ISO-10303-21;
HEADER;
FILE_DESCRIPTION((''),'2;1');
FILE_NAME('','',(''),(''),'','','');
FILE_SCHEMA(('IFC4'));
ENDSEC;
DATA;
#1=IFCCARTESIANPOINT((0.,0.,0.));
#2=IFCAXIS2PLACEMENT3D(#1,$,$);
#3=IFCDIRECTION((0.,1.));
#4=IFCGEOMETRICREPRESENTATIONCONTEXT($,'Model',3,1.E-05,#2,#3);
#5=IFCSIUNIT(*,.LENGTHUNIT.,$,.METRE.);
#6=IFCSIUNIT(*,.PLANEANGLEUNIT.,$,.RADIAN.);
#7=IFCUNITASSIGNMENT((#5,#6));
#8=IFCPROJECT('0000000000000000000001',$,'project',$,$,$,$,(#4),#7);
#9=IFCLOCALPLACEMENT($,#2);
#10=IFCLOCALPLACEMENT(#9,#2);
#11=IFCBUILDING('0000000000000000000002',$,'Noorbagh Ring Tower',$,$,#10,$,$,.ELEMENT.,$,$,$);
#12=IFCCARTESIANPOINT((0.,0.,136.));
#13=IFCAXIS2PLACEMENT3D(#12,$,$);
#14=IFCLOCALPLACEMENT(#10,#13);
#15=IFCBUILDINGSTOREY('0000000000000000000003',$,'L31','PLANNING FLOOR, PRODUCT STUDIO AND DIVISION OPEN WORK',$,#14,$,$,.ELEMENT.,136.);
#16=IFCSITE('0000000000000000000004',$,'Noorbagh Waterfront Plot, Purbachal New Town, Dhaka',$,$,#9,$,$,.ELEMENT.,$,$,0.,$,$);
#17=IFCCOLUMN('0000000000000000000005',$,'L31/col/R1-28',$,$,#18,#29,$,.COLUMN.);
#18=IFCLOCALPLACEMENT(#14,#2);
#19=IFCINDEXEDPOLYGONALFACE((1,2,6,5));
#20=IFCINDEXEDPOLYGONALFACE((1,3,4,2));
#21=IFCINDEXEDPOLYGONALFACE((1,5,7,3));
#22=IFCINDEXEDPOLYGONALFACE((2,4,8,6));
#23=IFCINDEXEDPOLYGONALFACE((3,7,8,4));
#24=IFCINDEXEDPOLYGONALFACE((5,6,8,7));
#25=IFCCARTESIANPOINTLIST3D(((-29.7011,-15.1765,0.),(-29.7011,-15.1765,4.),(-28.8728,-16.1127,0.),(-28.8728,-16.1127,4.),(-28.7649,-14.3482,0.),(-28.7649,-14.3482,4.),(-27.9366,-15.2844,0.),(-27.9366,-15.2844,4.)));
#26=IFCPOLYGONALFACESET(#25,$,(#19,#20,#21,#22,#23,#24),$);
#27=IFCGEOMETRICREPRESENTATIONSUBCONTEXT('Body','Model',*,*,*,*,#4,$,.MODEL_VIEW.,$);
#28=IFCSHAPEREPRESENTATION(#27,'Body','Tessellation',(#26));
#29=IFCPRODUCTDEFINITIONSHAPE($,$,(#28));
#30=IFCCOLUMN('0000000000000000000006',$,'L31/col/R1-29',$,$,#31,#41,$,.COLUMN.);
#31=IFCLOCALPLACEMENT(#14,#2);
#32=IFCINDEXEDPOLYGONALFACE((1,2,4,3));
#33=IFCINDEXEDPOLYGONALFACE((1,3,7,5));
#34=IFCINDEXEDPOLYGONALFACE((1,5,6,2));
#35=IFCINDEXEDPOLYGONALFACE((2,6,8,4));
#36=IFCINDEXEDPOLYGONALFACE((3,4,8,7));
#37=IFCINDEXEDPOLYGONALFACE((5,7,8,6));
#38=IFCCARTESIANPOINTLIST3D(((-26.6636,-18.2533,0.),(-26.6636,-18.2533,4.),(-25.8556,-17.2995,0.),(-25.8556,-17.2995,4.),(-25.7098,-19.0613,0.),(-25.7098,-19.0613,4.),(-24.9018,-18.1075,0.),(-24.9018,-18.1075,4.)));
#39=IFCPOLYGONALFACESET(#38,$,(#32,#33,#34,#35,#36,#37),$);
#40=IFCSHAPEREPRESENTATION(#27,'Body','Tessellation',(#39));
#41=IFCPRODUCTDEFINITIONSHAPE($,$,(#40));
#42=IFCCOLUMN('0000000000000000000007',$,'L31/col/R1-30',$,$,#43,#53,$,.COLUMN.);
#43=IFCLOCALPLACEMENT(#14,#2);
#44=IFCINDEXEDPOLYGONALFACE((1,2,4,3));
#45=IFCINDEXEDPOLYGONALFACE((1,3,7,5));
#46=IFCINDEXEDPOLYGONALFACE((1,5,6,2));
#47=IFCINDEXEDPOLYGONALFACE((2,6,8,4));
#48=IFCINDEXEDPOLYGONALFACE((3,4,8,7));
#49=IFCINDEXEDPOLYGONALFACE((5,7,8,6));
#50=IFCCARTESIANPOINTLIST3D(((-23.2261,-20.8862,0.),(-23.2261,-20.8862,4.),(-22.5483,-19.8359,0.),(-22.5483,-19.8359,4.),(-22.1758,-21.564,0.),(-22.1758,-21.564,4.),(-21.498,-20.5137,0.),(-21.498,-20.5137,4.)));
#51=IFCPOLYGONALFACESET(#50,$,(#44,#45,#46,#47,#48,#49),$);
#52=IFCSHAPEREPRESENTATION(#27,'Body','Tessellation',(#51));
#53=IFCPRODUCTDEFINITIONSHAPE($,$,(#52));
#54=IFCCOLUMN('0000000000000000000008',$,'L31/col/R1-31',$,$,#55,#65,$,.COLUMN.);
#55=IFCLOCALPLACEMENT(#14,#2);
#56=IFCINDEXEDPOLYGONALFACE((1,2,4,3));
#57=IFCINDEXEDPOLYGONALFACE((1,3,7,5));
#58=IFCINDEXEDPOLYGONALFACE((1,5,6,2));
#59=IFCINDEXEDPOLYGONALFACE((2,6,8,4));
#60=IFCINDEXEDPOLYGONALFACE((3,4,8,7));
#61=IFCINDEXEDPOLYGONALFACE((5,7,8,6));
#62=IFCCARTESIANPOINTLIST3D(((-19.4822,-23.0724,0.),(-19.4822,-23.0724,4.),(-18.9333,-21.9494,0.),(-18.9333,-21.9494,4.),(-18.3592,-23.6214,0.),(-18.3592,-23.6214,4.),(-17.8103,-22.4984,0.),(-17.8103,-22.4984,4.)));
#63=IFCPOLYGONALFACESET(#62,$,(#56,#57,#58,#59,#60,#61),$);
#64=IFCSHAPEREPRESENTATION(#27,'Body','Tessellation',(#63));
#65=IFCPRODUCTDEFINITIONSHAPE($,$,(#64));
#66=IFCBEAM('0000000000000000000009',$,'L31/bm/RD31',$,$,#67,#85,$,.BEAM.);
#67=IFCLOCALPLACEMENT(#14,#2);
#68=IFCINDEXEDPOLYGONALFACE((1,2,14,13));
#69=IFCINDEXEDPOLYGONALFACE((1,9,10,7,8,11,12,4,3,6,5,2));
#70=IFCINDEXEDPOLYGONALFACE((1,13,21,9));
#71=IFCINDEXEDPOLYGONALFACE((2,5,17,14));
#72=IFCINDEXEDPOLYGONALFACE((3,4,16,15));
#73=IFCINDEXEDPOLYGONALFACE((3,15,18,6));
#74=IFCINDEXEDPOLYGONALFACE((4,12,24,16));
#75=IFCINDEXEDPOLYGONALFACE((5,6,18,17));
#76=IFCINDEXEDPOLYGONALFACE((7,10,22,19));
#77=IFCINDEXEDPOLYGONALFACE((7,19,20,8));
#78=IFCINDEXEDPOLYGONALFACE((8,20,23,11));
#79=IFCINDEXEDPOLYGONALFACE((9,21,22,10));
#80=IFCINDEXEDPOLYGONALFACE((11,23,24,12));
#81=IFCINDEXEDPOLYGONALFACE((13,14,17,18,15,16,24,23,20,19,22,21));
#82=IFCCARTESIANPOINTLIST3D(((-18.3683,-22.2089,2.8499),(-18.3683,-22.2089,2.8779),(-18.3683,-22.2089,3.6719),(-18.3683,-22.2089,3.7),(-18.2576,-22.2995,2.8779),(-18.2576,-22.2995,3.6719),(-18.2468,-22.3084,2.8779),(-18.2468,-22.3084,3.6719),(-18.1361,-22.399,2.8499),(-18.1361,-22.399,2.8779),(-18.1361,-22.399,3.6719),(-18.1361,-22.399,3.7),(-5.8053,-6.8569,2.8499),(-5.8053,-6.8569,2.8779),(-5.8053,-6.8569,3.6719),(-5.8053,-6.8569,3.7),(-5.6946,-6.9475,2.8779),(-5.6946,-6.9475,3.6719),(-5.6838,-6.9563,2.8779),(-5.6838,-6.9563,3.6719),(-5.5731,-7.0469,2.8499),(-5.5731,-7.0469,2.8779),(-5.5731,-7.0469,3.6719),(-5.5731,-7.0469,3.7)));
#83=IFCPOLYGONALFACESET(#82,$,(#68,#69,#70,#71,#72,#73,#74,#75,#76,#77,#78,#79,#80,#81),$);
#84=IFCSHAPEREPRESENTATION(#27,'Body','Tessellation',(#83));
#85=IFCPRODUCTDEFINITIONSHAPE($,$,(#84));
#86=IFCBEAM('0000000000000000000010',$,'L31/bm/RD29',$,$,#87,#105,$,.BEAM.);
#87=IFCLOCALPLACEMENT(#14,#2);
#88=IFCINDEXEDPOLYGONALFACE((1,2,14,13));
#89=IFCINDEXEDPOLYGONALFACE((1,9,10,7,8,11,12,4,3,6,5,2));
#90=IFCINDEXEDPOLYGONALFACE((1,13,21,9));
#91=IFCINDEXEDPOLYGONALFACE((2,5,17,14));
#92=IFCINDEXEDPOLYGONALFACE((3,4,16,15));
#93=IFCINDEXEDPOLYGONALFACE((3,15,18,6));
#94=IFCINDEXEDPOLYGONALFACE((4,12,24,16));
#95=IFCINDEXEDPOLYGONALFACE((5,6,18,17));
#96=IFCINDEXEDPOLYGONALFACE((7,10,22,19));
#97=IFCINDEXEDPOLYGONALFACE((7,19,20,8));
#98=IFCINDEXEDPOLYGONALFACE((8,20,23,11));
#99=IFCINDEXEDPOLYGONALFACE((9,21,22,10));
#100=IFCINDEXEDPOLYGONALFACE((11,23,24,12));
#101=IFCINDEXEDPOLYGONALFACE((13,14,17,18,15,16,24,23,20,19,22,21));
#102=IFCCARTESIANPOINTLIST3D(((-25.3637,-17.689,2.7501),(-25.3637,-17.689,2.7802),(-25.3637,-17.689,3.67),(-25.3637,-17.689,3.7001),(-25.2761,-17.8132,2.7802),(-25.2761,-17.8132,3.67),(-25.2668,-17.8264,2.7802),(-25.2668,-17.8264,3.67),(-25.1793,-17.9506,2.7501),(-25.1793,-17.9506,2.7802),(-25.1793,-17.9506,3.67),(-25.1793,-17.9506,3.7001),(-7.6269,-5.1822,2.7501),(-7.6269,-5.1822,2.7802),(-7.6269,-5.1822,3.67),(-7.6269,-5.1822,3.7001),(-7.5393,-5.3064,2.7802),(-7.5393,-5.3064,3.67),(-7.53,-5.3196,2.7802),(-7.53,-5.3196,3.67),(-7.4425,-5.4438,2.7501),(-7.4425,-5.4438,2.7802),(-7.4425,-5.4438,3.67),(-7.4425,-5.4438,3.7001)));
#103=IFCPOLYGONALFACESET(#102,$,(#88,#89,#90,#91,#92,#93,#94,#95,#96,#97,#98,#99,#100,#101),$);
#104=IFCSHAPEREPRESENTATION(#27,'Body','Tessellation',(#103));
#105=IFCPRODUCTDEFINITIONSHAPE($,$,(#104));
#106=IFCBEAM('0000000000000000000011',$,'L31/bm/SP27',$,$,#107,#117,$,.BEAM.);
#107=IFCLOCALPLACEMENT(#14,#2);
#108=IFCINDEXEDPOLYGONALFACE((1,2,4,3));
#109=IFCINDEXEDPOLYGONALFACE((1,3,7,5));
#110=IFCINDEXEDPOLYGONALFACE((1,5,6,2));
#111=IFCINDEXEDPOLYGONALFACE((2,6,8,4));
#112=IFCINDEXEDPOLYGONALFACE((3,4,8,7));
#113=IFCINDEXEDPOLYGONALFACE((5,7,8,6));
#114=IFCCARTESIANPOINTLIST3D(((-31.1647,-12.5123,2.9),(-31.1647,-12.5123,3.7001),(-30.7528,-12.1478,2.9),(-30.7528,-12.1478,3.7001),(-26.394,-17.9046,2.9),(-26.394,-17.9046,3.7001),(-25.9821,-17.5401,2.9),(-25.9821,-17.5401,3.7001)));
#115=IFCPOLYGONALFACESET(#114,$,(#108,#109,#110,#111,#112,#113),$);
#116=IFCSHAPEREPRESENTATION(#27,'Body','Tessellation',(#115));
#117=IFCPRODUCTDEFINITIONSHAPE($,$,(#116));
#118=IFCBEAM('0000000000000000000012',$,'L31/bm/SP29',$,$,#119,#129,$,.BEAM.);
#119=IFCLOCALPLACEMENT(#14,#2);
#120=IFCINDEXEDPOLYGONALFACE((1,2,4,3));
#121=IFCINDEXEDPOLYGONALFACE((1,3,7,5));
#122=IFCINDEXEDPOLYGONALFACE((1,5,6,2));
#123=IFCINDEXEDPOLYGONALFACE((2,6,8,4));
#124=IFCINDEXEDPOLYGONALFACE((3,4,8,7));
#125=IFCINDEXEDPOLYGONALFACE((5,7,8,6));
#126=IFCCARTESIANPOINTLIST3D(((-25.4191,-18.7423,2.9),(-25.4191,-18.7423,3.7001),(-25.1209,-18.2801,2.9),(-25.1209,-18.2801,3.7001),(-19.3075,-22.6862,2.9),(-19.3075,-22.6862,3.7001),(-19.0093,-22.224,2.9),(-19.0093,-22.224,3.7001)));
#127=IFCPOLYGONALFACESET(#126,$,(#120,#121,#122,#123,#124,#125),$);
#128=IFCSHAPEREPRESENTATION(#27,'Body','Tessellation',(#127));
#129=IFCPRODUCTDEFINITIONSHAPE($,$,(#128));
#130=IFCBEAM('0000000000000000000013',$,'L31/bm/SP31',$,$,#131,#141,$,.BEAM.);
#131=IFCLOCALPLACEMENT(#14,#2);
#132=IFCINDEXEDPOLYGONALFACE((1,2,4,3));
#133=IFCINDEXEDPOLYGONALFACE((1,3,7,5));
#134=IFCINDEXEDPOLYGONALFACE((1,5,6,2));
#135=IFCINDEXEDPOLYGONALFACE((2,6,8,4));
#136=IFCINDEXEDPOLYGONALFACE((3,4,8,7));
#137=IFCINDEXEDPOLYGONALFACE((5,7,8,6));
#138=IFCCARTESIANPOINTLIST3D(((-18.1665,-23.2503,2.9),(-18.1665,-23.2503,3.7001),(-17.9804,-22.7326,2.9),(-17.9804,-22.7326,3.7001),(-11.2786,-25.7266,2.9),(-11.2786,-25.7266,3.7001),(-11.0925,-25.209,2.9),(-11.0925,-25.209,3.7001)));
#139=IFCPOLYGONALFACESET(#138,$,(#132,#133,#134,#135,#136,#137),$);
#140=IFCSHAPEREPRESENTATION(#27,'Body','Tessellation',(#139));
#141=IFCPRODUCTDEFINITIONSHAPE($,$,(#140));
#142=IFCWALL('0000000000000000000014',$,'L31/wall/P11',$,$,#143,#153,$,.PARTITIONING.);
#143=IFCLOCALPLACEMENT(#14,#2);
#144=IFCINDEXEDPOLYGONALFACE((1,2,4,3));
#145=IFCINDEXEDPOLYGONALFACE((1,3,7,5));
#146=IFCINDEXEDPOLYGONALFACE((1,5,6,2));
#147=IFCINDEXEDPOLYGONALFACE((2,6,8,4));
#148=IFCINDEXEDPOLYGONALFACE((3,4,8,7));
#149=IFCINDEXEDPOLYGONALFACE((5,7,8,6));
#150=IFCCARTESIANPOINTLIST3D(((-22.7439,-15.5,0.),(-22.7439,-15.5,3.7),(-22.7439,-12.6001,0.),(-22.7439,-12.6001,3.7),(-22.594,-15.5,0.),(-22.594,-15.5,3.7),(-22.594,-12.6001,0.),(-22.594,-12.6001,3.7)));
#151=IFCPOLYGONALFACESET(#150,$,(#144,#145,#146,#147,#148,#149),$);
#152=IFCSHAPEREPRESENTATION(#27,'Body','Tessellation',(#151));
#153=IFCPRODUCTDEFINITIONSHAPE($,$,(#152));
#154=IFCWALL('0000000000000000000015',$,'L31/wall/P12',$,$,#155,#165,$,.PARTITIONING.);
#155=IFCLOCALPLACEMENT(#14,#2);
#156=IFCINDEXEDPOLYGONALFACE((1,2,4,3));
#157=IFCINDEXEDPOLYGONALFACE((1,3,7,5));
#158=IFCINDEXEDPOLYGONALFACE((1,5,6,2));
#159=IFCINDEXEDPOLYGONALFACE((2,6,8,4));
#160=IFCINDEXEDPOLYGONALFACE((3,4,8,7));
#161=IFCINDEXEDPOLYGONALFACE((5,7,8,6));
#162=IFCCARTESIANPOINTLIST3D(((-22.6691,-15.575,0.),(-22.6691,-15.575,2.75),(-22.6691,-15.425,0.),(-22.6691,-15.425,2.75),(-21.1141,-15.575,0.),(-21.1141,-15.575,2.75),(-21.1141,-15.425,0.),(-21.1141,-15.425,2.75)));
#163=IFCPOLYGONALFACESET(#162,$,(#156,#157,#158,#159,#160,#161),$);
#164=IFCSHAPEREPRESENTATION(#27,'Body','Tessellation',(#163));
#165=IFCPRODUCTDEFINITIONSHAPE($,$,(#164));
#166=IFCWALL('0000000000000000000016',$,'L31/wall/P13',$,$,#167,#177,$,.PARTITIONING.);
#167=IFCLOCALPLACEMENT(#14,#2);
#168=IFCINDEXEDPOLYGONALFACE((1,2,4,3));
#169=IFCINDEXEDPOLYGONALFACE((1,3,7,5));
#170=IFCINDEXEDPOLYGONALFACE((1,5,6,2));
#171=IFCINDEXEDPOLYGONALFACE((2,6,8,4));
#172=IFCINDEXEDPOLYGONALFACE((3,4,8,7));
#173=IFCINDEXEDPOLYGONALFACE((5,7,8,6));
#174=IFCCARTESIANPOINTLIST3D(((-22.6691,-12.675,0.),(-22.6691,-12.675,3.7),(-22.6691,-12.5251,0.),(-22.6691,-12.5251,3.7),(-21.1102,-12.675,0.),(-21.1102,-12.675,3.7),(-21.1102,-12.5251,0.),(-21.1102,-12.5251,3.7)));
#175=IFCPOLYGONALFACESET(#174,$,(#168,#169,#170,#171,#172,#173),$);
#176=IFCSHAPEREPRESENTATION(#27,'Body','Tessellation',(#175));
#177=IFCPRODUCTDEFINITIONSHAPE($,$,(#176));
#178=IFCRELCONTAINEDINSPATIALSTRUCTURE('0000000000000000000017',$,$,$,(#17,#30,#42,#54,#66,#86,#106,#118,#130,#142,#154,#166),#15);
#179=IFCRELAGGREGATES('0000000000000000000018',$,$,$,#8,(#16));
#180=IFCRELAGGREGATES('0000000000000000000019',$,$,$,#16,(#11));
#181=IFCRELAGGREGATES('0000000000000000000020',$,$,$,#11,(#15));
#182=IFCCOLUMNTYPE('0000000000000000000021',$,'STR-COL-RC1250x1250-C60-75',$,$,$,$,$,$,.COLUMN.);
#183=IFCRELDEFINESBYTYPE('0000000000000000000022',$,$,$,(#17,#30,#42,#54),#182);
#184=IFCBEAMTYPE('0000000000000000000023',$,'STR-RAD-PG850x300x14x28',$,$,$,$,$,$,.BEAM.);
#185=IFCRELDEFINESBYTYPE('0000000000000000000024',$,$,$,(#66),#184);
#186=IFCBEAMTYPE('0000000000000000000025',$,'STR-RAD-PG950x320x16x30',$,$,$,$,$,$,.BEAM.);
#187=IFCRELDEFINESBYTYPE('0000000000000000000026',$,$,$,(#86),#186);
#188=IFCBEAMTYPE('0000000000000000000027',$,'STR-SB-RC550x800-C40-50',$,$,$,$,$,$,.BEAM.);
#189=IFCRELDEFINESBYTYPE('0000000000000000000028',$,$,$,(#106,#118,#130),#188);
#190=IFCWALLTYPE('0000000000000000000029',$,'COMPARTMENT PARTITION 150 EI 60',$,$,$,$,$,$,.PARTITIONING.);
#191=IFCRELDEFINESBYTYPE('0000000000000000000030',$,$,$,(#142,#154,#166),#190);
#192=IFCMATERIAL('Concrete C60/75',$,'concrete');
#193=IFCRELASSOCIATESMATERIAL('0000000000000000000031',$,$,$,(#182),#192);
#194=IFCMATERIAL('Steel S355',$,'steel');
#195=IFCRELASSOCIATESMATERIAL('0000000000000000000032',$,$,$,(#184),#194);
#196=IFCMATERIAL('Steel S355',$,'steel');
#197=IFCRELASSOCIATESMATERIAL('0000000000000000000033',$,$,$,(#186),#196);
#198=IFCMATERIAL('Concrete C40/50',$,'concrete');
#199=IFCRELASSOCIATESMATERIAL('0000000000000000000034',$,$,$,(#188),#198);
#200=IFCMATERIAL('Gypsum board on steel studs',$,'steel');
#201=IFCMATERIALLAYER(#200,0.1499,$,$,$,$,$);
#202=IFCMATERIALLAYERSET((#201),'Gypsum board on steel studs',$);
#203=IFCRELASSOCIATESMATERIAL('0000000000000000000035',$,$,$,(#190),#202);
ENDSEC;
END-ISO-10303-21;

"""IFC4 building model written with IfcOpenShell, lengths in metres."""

from ifc_helpers import new_model, si_unit, direction, frame, frame_2d, origin, origin_2d, place, context, subcontext, project, spatial, rectangle, i_section, extrude, material, layer, layer_set, material_profile, profile_set, type_object, element, save


model = new_model("IFC4")

# Units and contexts
model_context = context("Model", 3, precision=1e-05, world=origin(), true_north=direction((0.0, 1.0)))
body_context = subcontext(model_context, "Body", "Model", "MODEL_VIEW")
ifc_project = project(units=[si_unit("LENGTHUNIT", "METRE"), si_unit("PLANEANGLEUNIT", "RADIAN")], contexts=[model_context])

# Site, building, storey
site_placement = place(None, origin())
site = spatial("IfcSite", under=ifc_project, at=site_placement, Name="Noorbagh Waterfront Plot, Purbachal New Town, Dhaka", CompositionType="ELEMENT", RefElevation=0.0)
building_placement = place(site_placement, origin())
building = spatial("IfcBuilding", under=site, at=building_placement, Name="Noorbagh Ring Tower", CompositionType="ELEMENT")
storey_placement = place(building_placement, frame((0.0, 0.0, 136.0)))
storey = spatial("IfcBuildingStorey", under=building, at=storey_placement, Name="L31", Description="PLANNING FLOOR, PRODUCT STUDIO AND DIVISION OPEN WORK", CompositionType="ELEMENT", Elevation=136.0)

# Columns
ifc_material_1 = material(Name="Concrete C60/75", Category="concrete")
ifc_material_profile_1 = material_profile(ifc_material_1, rectangle(XDim=1.25, YDim=1.25, at=origin_2d()), Name="RC1250x1250")
ifc_profile_set_1 = profile_set([ifc_material_profile_1], Name="Concrete C60/75")
column_type = type_object("IfcColumnType", Name="STR-COL-RC1250x1250-C60-75", PredefinedType="COLUMN", material=ifc_profile_set_1)
for number, where, z_axis, x_axis, name in (
    (1, (-28.8188, -15.2305, 0.0), (0.0, 0.0, 1.0), (0.662636, -0.748942, 0.0), "L31/col/R1-28"),
    (2, (-25.7827, -18.1804, 0.0), (0.0, 0.0, 1.0), (0.763035, -0.646357, 0.0), "L31/col/R1-29"),
    (3, (-22.3621, -20.7, 0.0), (0.0, 0.0, 1.0), (0.840248, -0.542203, 0.0), "L31/col/R1-30"),
    (4, (-18.6462, -22.7854, 0.0), (0.0, 0.0, 1.0), (0.898399, -0.43918, 0.0), "L31/col/R1-31"),
):
    element("IfcColumn", number, at=place(storey_placement, frame(where, z_axis=z_axis, x_axis=x_axis)), inside=storey, type_object=column_type, Name=name, PredefinedType="COLUMN", context=body_context, shape_type="SweptSolid", body=[
        extrude(rectangle(XDim=1.25, YDim=1.25, at=origin_2d()), origin(), (0.0, 0.0, 1.0), 4.0),
    ])

# Beams
ifc_material_2 = material(Name="Steel S355", Category="steel")
ifc_material_profile_2 = material_profile(ifc_material_2, i_section(OverallWidth=0.3, OverallDepth=0.8501, WebThickness=0.0139, FlangeThickness=0.0281, at=origin_2d()), Name="PG850x300x14x28")
ifc_profile_set_2 = profile_set([ifc_material_profile_2], Name="Steel S355")
beam_type_1 = type_object("IfcBeamType", Name="STR-RAD-PG850x300x14x28", PredefinedType="BEAM", material=ifc_profile_set_2)
beam_1_placement = place(storey_placement, frame((-18.2522, -22.304, 3.2749), z_axis=(0.633305, 0.773902, 0.0), x_axis=(-0.773902, 0.633305, 0.0)))
element("IfcBeam", 5, at=beam_1_placement, inside=storey, type_object=beam_type_1, Name="L31/bm/RD31", PredefinedType="BEAM", context=body_context, shape_type="SweptSolid", body=[
    extrude(i_section(OverallWidth=0.3, OverallDepth=0.8501, WebThickness=0.0139, FlangeThickness=0.0281, at=origin_2d()), origin(), (0.0, 0.0, 1.0), 19.8372),
])
ifc_material_3 = material(Name="Steel S355", Category="steel")
ifc_material_profile_3 = material_profile(ifc_material_3, i_section(OverallWidth=0.3201, OverallDepth=0.95, WebThickness=0.0161, FlangeThickness=0.03, at=origin_2d()), Name="PG950x320x16x30")
ifc_profile_set_3 = profile_set([ifc_material_profile_3], Name="Steel S355")
beam_type_2 = type_object("IfcBeamType", Name="STR-RAD-PG950x320x16x30", PredefinedType="BEAM", material=ifc_profile_set_3)
beam_2_placement = place(storey_placement, frame((-25.2715, -17.8198, 3.2251), z_axis=(0.817256, 0.576275, 0.0), x_axis=(-0.576275, 0.817256, 0.0)))
element("IfcBeam", 6, at=beam_2_placement, inside=storey, type_object=beam_type_2, Name="L31/bm/RD29", PredefinedType="BEAM", context=body_context, shape_type="SweptSolid", body=[
    extrude(i_section(OverallWidth=0.3201, OverallDepth=0.95, WebThickness=0.0161, FlangeThickness=0.03, at=origin_2d()), origin(), (0.0, 0.0, 1.0), 21.7029),
])
ifc_material_4 = material(Name="Concrete C40/50", Category="concrete")
ifc_material_profile_4 = material_profile(ifc_material_4, rectangle(XDim=0.55, YDim=0.8, at=origin_2d()), Name="RC550x800")
ifc_profile_set_4 = profile_set([ifc_material_profile_4], Name="Concrete C40/50")
beam_type_3 = type_object("IfcBeamType", Name="STR-SB-RC550x800-C40-50", PredefinedType="BEAM", material=ifc_profile_set_4)
beam_3_placement = place(storey_placement, frame((-30.9587, -12.3301, 3.3), z_axis=(0.662621, -0.748954, 0.0), x_axis=(0.748954, 0.662621, 0.0)))
element("IfcBeam", 7, at=beam_3_placement, inside=storey, type_object=beam_type_3, Name="L31/bm/SP27", PredefinedType="BEAM", context=body_context, shape_type="SweptSolid", body=[
    extrude(rectangle(XDim=0.55, YDim=0.8, at=origin_2d()), origin(), (0.0, 0.0, 1.0), 7.1997),
])
beam_4_placement = place(storey_placement, frame((-25.27, -18.5112, 3.3), z_axis=(0.84024, -0.542214, 0.0), x_axis=(0.542214, 0.84024, 0.0)))
element("IfcBeam", 8, at=beam_4_placement, inside=storey, type_object=beam_type_3, Name="L31/bm/SP29", PredefinedType="BEAM", context=body_context, shape_type="SweptSolid", body=[
    extrude(rectangle(XDim=0.55, YDim=0.8, at=origin_2d()), origin(), (0.0, 0.0, 1.0), 7.2737),
])
beam_5_placement = place(storey_placement, frame((-18.0735, -22.9915, 3.3), z_axis=(0.941033, -0.338315, 0.0), x_axis=(0.338315, 0.941033, 0.0)))
element("IfcBeam", 9, at=beam_5_placement, inside=storey, type_object=beam_type_3, Name="L31/bm/SP31", PredefinedType="BEAM", context=body_context, shape_type="SweptSolid", body=[
    extrude(rectangle(XDim=0.55, YDim=0.8, at=origin_2d()), origin(), (0.0, 0.0, 1.0), 7.3196),
])

# Walls
ifc_material_5 = material(Name="Gypsum board on steel studs", Category="steel")
ifc_layer_1 = layer(ifc_material_5, 0.1499)
ifc_layer_set_1 = layer_set([ifc_layer_1], Name="Gypsum board on steel studs")
wall_type_1 = type_object("IfcWallType", Name="COMPARTMENT PARTITION 150 EI 60", PredefinedType="PARTITIONING", material=ifc_layer_set_1)
wall_1_placement = place(storey_placement, frame((-22.6689, -15.5, 0.0), z_axis=(0.0, 0.0, 1.0), x_axis=(0.0, 1.0, 0.0)))
element("IfcWall", 10, at=wall_1_placement, inside=storey, type_object=wall_type_1, Name="L31/wall/P11", PredefinedType="PARTITIONING", context=body_context, shape_type="SweptSolid", body=[
    extrude(rectangle(XDim=2.8999, YDim=0.1499, at=frame_2d((1.45, 0.0))), origin(), (0.0, 0.0, 1.0), 3.7),
])
wall_2_placement = place(storey_placement, frame((-22.6689, -15.5, 0.0), z_axis=(0.0, 0.0, 1.0), x_axis=(1.0, 0.0, 0.0)))
element("IfcWall", 11, at=wall_2_placement, inside=storey, type_object=wall_type_1, Name="L31/wall/P12", PredefinedType="PARTITIONING", context=body_context, shape_type="SweptSolid", body=[
    extrude(rectangle(XDim=1.5549, YDim=0.1499, at=frame_2d((0.7773, 0.0))), origin(), (0.0, 0.0, 1.0), 2.75),
])
wall_3_placement = place(storey_placement, frame((-22.6689, -12.6001, 0.0), z_axis=(0.0, 0.0, 1.0), x_axis=(1.0, 0.0, 0.0)))
element("IfcWall", 12, at=wall_3_placement, inside=storey, type_object=wall_type_1, Name="L31/wall/P13", PredefinedType="PARTITIONING", context=body_context, shape_type="SweptSolid", body=[
    extrude(rectangle(XDim=1.5588, YDim=0.1499, at=frame_2d((0.7793, 0.0))), origin(), (0.0, 0.0, 1.0), 3.7),
])

save(model, "model.ifc")
